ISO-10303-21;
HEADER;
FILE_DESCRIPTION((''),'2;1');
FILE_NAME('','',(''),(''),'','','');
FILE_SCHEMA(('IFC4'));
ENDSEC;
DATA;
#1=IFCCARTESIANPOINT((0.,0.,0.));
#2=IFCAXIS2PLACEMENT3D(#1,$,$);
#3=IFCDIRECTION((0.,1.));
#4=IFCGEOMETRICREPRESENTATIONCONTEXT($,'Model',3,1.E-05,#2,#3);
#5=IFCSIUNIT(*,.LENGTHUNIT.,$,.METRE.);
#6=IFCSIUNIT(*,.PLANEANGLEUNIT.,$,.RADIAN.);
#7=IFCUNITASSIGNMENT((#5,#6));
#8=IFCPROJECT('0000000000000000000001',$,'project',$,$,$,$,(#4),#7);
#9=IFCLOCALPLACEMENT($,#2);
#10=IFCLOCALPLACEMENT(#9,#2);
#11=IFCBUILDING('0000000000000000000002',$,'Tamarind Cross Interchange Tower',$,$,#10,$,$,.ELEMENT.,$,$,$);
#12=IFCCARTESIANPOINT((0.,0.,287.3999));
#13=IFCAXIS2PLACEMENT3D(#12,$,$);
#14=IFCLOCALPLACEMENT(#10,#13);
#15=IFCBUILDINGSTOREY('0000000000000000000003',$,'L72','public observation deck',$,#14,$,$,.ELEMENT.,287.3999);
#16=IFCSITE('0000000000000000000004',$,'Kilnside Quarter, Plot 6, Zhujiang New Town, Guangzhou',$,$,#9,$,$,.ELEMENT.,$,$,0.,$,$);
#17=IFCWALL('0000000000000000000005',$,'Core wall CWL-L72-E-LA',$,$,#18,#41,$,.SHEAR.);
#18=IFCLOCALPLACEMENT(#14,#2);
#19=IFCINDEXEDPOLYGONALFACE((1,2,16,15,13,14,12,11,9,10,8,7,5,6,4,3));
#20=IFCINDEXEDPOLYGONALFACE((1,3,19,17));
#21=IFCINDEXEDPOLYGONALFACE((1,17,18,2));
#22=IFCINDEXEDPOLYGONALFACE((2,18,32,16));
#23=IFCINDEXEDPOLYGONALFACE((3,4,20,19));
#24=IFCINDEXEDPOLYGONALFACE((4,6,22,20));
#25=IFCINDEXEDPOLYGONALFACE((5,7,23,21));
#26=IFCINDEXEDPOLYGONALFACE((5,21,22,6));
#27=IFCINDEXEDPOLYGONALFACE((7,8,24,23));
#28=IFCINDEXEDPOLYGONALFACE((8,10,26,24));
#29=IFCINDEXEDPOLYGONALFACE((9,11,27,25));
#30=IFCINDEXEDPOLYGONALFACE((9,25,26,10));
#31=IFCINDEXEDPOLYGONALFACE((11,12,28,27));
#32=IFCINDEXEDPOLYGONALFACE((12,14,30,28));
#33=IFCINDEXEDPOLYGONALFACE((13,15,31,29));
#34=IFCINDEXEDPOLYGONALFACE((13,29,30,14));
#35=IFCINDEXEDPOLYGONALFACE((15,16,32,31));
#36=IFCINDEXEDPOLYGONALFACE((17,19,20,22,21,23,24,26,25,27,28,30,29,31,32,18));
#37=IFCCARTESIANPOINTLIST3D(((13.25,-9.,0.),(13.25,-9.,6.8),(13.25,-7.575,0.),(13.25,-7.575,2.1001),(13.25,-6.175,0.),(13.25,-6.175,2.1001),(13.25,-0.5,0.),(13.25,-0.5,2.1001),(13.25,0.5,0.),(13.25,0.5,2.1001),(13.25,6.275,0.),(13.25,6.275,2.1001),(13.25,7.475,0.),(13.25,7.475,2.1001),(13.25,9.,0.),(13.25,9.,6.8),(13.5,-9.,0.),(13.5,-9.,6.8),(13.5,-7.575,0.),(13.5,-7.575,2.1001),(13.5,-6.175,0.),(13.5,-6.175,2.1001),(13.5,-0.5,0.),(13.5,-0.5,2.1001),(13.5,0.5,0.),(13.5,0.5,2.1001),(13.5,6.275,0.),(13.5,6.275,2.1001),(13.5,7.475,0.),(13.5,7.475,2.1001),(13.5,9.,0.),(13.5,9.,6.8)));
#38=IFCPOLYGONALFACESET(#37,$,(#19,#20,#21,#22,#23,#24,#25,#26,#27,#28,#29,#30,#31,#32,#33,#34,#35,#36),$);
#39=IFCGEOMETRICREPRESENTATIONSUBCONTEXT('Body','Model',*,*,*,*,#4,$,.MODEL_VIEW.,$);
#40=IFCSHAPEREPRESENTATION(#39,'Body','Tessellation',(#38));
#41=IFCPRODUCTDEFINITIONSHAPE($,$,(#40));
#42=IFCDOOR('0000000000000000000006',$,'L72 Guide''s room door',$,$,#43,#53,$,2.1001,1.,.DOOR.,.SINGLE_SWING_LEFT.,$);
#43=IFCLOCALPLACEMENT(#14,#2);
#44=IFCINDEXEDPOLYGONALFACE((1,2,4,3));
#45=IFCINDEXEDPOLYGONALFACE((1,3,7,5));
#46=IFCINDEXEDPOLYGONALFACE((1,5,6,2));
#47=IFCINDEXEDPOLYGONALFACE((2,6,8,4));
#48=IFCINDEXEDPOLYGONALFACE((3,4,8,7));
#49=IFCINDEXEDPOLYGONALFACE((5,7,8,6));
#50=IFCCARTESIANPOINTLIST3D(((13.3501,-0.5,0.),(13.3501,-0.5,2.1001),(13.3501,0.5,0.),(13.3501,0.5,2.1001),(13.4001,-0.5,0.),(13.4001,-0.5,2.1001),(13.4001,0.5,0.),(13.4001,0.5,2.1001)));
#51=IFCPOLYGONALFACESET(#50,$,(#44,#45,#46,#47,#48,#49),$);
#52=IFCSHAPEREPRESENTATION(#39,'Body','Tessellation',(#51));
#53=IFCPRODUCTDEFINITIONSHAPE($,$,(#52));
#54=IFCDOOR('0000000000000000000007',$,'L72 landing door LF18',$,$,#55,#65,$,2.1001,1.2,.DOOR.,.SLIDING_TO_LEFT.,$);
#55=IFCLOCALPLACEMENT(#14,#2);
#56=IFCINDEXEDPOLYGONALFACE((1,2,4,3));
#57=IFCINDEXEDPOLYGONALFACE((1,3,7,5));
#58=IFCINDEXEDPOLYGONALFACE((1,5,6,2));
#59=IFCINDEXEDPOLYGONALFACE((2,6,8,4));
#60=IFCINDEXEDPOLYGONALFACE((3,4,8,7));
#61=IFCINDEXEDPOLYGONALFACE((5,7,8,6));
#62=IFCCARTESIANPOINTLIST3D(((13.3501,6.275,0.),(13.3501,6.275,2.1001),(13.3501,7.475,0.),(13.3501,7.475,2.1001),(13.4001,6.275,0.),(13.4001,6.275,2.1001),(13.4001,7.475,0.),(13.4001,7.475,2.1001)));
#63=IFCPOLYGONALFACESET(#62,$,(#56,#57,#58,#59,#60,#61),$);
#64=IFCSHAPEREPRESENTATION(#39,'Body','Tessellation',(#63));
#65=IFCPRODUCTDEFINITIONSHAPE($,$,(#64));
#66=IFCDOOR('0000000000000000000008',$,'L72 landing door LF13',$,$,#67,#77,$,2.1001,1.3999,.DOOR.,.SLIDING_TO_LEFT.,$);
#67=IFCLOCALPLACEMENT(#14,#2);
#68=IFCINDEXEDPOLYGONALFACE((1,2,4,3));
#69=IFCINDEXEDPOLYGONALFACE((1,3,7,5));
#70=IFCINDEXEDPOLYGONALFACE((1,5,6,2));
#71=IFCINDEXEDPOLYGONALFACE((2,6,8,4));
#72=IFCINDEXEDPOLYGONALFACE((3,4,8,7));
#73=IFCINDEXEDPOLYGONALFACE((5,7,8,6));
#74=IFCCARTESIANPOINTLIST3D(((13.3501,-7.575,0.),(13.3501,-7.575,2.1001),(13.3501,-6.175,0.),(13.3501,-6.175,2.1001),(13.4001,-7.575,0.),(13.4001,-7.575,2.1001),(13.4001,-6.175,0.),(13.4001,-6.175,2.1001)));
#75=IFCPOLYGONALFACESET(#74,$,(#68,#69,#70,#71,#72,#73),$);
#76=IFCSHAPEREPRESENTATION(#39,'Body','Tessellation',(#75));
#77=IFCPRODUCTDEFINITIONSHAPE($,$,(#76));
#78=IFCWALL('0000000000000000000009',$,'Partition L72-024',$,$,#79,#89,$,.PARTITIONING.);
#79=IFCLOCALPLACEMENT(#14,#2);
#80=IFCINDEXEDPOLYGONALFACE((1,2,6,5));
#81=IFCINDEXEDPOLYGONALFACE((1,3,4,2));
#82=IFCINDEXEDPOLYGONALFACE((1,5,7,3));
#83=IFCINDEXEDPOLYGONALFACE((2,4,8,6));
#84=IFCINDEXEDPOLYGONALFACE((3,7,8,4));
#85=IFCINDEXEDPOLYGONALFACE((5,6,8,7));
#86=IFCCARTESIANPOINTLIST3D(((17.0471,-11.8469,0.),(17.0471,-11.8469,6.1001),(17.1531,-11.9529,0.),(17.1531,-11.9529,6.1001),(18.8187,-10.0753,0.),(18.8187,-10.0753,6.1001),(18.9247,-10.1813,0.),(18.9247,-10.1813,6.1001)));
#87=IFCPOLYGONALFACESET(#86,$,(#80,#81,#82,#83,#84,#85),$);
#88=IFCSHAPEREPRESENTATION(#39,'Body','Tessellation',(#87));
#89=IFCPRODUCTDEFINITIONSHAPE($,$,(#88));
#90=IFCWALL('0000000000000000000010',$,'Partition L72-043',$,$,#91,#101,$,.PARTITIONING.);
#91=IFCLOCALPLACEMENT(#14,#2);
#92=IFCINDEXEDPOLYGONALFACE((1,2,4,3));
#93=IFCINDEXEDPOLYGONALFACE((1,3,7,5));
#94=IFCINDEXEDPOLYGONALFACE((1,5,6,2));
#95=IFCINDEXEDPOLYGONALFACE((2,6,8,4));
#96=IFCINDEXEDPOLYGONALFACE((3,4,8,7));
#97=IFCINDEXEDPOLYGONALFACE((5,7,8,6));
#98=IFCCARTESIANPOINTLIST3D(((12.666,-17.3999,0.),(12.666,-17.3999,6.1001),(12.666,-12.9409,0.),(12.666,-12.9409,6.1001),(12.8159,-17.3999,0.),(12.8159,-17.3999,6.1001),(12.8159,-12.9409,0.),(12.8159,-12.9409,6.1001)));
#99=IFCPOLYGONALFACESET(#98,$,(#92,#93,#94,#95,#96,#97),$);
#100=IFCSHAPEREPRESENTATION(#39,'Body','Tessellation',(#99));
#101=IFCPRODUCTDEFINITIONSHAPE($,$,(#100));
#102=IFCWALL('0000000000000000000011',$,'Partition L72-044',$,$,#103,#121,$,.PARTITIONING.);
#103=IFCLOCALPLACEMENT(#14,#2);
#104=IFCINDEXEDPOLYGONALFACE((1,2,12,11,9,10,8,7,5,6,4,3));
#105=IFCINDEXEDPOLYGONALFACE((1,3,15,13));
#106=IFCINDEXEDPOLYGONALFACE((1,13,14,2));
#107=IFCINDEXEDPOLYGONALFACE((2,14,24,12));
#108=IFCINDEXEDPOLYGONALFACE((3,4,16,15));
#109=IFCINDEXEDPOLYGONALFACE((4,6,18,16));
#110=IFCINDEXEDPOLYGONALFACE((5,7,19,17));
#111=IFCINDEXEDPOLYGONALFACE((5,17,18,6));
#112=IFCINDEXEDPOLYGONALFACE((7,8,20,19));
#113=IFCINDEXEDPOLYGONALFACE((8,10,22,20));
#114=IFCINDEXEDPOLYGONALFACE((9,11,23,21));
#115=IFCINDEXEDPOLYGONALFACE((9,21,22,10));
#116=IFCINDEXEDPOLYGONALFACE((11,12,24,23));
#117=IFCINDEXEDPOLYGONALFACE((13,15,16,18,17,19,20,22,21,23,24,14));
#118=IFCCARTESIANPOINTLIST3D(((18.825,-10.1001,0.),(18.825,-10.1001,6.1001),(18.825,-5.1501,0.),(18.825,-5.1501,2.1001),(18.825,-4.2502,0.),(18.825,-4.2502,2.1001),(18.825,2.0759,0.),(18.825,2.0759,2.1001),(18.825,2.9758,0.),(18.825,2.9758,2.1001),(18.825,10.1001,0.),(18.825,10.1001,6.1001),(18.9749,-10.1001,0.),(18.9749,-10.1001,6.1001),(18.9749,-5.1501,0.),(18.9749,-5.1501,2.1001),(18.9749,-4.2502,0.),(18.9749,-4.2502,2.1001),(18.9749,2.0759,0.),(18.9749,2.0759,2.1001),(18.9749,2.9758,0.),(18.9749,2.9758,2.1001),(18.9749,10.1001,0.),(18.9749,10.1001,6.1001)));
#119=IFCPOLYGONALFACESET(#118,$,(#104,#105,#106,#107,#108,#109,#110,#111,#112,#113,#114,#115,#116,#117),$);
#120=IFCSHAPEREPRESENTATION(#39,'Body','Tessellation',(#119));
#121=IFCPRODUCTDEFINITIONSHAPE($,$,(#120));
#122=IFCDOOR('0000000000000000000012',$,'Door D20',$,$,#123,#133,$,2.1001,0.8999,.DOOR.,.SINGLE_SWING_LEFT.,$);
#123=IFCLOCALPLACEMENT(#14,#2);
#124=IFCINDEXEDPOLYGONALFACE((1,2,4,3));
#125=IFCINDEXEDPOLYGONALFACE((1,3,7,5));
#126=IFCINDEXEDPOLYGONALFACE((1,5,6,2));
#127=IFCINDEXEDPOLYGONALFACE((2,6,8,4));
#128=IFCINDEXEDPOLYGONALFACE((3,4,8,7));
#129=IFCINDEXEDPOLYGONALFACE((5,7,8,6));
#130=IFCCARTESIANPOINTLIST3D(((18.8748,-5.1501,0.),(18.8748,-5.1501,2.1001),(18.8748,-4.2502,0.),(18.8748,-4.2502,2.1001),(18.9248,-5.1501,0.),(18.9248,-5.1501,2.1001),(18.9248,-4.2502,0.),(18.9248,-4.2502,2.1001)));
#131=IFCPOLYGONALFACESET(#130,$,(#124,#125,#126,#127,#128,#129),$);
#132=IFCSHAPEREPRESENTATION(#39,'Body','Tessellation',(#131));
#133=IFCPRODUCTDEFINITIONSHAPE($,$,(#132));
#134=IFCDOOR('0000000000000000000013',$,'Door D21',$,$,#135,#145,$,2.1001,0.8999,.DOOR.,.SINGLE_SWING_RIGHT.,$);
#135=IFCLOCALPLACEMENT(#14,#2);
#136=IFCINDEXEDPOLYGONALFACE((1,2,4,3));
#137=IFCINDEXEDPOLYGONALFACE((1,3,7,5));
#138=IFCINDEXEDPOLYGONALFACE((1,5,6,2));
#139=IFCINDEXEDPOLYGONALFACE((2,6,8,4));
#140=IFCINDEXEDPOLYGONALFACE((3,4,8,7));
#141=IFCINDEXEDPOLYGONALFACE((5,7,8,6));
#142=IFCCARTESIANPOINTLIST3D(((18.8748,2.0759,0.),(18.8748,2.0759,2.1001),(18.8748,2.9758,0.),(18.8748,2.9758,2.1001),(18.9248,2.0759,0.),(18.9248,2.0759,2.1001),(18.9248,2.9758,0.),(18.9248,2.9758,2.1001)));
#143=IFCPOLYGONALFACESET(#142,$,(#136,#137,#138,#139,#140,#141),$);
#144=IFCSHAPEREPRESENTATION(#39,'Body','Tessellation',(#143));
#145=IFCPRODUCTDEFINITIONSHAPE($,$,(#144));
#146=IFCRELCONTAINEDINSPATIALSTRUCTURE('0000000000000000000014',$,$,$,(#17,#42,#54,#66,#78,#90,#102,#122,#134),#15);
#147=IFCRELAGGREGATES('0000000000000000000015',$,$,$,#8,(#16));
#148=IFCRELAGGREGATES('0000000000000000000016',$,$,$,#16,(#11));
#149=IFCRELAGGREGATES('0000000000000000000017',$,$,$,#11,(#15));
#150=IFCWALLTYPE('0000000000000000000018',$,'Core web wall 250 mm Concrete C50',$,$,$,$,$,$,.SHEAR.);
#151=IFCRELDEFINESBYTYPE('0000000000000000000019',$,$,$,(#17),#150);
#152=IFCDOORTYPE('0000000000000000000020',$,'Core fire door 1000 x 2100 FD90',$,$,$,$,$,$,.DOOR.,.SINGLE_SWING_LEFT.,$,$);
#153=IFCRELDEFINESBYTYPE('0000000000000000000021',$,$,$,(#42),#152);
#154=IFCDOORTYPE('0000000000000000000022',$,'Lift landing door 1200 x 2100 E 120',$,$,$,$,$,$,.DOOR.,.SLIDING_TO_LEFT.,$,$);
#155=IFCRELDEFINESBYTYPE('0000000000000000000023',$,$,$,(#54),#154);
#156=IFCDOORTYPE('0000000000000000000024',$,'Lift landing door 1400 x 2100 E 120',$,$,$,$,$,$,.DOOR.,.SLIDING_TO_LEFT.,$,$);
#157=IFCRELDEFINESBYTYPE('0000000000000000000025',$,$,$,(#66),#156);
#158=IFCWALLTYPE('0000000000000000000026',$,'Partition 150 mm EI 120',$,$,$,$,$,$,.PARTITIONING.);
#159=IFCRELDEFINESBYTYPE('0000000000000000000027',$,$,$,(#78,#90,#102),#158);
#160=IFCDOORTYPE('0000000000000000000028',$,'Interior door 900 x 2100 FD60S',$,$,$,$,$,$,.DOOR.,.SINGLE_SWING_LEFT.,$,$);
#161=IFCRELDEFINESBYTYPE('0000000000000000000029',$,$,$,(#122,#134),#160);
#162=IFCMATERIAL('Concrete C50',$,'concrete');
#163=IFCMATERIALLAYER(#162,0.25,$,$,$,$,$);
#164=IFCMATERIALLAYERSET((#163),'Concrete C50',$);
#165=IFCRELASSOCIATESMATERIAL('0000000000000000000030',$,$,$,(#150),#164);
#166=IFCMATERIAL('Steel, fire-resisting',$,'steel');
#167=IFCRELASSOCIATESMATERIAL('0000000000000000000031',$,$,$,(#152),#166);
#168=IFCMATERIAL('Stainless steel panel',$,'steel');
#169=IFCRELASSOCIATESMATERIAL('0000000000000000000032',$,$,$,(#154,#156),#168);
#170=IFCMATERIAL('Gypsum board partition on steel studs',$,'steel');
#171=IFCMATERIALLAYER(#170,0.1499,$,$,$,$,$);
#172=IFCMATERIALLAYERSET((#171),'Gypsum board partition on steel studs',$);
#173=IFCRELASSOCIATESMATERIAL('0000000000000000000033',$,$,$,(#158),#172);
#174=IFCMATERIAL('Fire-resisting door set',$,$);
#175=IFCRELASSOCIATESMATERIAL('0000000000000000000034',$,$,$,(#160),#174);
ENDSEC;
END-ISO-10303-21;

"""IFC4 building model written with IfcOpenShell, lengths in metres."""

from ifc_helpers import new_model, si_unit, direction, frame, frame_2d, origin, place, context, subcontext, project, spatial, rectangle, extrude, material, layer, layer_set, type_object, element, fill, save


model = new_model("IFC4")

# Units and contexts
model_context = context("Model", 3, precision=1e-05, world=origin(), true_north=direction((0.0, 1.0)))
body_context = subcontext(model_context, "Body", "Model", "MODEL_VIEW")
ifc_project = project(units=[si_unit("LENGTHUNIT", "METRE"), si_unit("PLANEANGLEUNIT", "RADIAN")], contexts=[model_context])

# Site, building, storey
site_placement = place(None, origin())
site = spatial("IfcSite", under=ifc_project, at=site_placement, Name="Kilnside Quarter, Plot 6, Zhujiang New Town, Guangzhou", CompositionType="ELEMENT", RefElevation=0.0)
building_placement = place(site_placement, origin())
building = spatial("IfcBuilding", under=site, at=building_placement, Name="Tamarind Cross Interchange Tower", CompositionType="ELEMENT")
storey_placement = place(building_placement, frame((0.0, 0.0, 287.3999)))
storey = spatial("IfcBuildingStorey", under=building, at=storey_placement, Name="L72", Description="public observation deck", CompositionType="ELEMENT", Elevation=287.3999)

# Wall, openings, doors
ifc_material_1 = material(Name="Concrete C50", Category="concrete")
ifc_material_2 = material(Name="Steel, fire-resisting", Category="steel")
ifc_layer_1 = layer(ifc_material_1, 0.25)
ifc_layer_set_1 = layer_set([ifc_layer_1], Name="Concrete C50")
wall_type_1 = type_object("IfcWallType", Name="Core web wall 250 mm Concrete C50", PredefinedType="SHEAR", material=ifc_layer_set_1)
wall_1_placement = place(storey_placement, frame((13.375, -9.0, 0.0), z_axis=(0.0, 0.0, 1.0), x_axis=(0.0, 1.0, 0.0)))
wall_1 = element("IfcWall", 1, at=wall_1_placement, inside=storey, type_object=wall_type_1, Name="Core wall CWL-L72-E-LA", PredefinedType="SHEAR", context=body_context, shape_type="SweptSolid", body=[
    extrude(rectangle(XDim=18.0, YDim=0.25, at=frame_2d((9.0, 0.0))), origin(), (0.0, 0.0, 1.0), 6.8),
])
opening_1_placement = place(wall_1_placement, frame((1.425, 0.0, 0.0)))
opening_1 = element("IfcOpeningElement", 2, at=opening_1_placement, cuts=wall_1, PredefinedType="OPENING", context=body_context, shape_type="SweptSolid", body=[
    extrude(rectangle(XDim=1.3999, YDim=2.1001, at=frame_2d((0.7, 1.05))), frame((0.0, 0.135, 0.0), z_axis=(0.0, -1.0, 0.0), x_axis=(1.0, 0.0, 0.0)), (0.0, 0.0, 1.0), 0.27),
])
opening_2_placement = place(wall_1_placement, frame((15.2749, 0.0, 0.0)))
opening_2 = element("IfcOpeningElement", 3, at=opening_2_placement, cuts=wall_1, PredefinedType="OPENING", context=body_context, shape_type="SweptSolid", body=[
    extrude(rectangle(XDim=1.2, YDim=2.1001, at=frame_2d((0.6001, 1.05))), frame((0.0, 0.135, 0.0), z_axis=(0.0, -1.0, 0.0), x_axis=(1.0, 0.0, 0.0)), (0.0, 0.0, 1.0), 0.27),
])
opening_3_placement = place(wall_1_placement, frame((8.5, 0.0, 0.0)))
opening_3 = element("IfcOpeningElement", 4, at=opening_3_placement, cuts=wall_1, PredefinedType="OPENING", context=body_context, shape_type="SweptSolid", body=[
    extrude(rectangle(XDim=1.0, YDim=2.1001, at=frame_2d((0.5, 1.05))), frame((0.0, 0.135, 0.0), z_axis=(0.0, -1.0, 0.0), x_axis=(1.0, 0.0, 0.0)), (0.0, 0.0, 1.0), 0.27),
])
door_type_1 = type_object("IfcDoorType", Name="Core fire door 1000 x 2100 FD90", OperationType="SINGLE_SWING_LEFT", PredefinedType="DOOR", material=ifc_material_2)
door_1_placement = place(opening_3_placement, origin())
door_1 = element("IfcDoor", 5, at=door_1_placement, inside=storey, type_object=door_type_1, Name="L72 Guide's room door", OperationType="SINGLE_SWING_LEFT", OverallHeight=2.1001, OverallWidth=1.0, PredefinedType="DOOR", context=body_context, shape_type="SweptSolid", body=[
    extrude(rectangle(XDim=1.0, YDim=2.1001, at=frame_2d((0.5, 1.05))), frame((0.0, 0.0249, 0.0), z_axis=(0.0, -1.0, 0.0), x_axis=(1.0, 0.0, 0.0)), (0.0, 0.0, 1.0), 0.05),
])
fill(opening_3, door_1)
ifc_material_3 = material(Name="Stainless steel panel", Category="steel")
door_type_2 = type_object("IfcDoorType", Name="Lift landing door 1200 x 2100 E 120", OperationType="SLIDING_TO_LEFT", PredefinedType="DOOR", material=ifc_material_3)
door_2_placement = place(opening_2_placement, origin())
door_2 = element("IfcDoor", 6, at=door_2_placement, inside=storey, type_object=door_type_2, Name="L72 landing door LF18", OperationType="SLIDING_TO_LEFT", OverallHeight=2.1001, OverallWidth=1.2, PredefinedType="DOOR", context=body_context, shape_type="SweptSolid", body=[
    extrude(rectangle(XDim=1.2, YDim=2.1001, at=frame_2d((0.6001, 1.05))), frame((0.0, 0.0249, 0.0), z_axis=(0.0, -1.0, 0.0), x_axis=(1.0, 0.0, 0.0)), (0.0, 0.0, 1.0), 0.05),
])
fill(opening_2, door_2)
door_type_3 = type_object("IfcDoorType", Name="Lift landing door 1400 x 2100 E 120", OperationType="SLIDING_TO_LEFT", PredefinedType="DOOR", material=ifc_material_3)
door_3_placement = place(opening_1_placement, origin())
door_3 = element("IfcDoor", 7, at=door_3_placement, inside=storey, type_object=door_type_3, Name="L72 landing door LF13", OperationType="SLIDING_TO_LEFT", OverallHeight=2.1001, OverallWidth=1.3999, PredefinedType="DOOR", context=body_context, shape_type="SweptSolid", body=[
    extrude(rectangle(XDim=1.3999, YDim=2.1001, at=frame_2d((0.7, 1.05))), frame((0.0, 0.0249, 0.0), z_axis=(0.0, -1.0, 0.0), x_axis=(1.0, 0.0, 0.0)), (0.0, 0.0, 1.0), 0.05),
])
fill(opening_1, door_3)

# Walls
ifc_material_4 = material(Name="Gypsum board partition on steel studs", Category="steel")
ifc_layer_2 = layer(ifc_material_4, 0.1499)
ifc_layer_set_2 = layer_set([ifc_layer_2], Name="Gypsum board partition on steel studs")
wall_type_2 = type_object("IfcWallType", Name="Partition 150 mm EI 120", PredefinedType="PARTITIONING", material=ifc_layer_set_2)
wall_2_placement = place(storey_placement, frame((17.1001, -11.8999, 0.0), z_axis=(0.0, 0.0, 1.0), x_axis=(0.707107, 0.707107, 0.0)))
element("IfcWall", 8, at=wall_2_placement, inside=storey, type_object=wall_type_2, Name="Partition L72-024", PredefinedType="PARTITIONING", context=body_context, shape_type="SweptSolid", body=[
    extrude(rectangle(XDim=2.5054, YDim=0.1499, at=frame_2d((1.2527, 0.0))), origin(), (0.0, 0.0, 1.0), 6.1001),
])
wall_3_placement = place(storey_placement, frame((12.741, -17.3999, 0.0), z_axis=(0.0, 0.0, 1.0), x_axis=(0.0, 1.0, 0.0)))
element("IfcWall", 9, at=wall_3_placement, inside=storey, type_object=wall_type_2, Name="Partition L72-043", PredefinedType="PARTITIONING", context=body_context, shape_type="SweptSolid", body=[
    extrude(rectangle(XDim=4.459, YDim=0.1499, at=frame_2d((2.2295, 0.0))), origin(), (0.0, 0.0, 1.0), 6.1001),
])

# Wall, openings, doors
wall_4_placement = place(storey_placement, frame((18.8999, -10.1001, 0.0), z_axis=(0.0, 0.0, 1.0), x_axis=(0.0, 1.0, 0.0)))
wall_4 = element("IfcWall", 10, at=wall_4_placement, inside=storey, type_object=wall_type_2, Name="Partition L72-044", PredefinedType="PARTITIONING", context=body_context, shape_type="SweptSolid", body=[
    extrude(rectangle(XDim=20.2002, YDim=0.1499, at=frame_2d((10.1001, 0.0))), origin(), (0.0, 0.0, 1.0), 6.1001),
])
opening_4_placement = place(wall_4_placement, frame((4.95, 0.0, 0.0)))
opening_4 = element("IfcOpeningElement", 11, at=opening_4_placement, cuts=wall_4, PredefinedType="OPENING", context=body_context, shape_type="SweptSolid", body=[
    extrude(rectangle(XDim=0.8999, YDim=2.1001, at=frame_2d((0.45, 1.05))), frame((0.0, 0.085, 0.0), z_axis=(0.0, -1.0, 0.0), x_axis=(1.0, 0.0, 0.0)), (0.0, 0.0, 1.0), 0.1699),
])
opening_5_placement = place(wall_4_placement, frame((12.176, 0.0, 0.0)))
opening_5 = element("IfcOpeningElement", 12, at=opening_5_placement, cuts=wall_4, PredefinedType="OPENING", context=body_context, shape_type="SweptSolid", body=[
    extrude(rectangle(XDim=0.8999, YDim=2.1001, at=frame_2d((0.45, 1.05))), frame((0.0, 0.085, 0.0), z_axis=(0.0, -1.0, 0.0), x_axis=(1.0, 0.0, 0.0)), (0.0, 0.0, 1.0), 0.1699),
])
ifc_material_5 = material(Name="Fire-resisting door set")
door_type_4 = type_object("IfcDoorType", Name="Interior door 900 x 2100 FD60S", OperationType="SINGLE_SWING_LEFT", PredefinedType="DOOR", material=ifc_material_5)
door_4_placement = place(opening_4_placement, frame((0.8999, 0.0, 0.0), z_axis=(0.0, 0.0, 1.0), x_axis=(-1.0, 0.0, 0.0)))
door_4 = element("IfcDoor", 13, at=door_4_placement, inside=storey, type_object=door_type_4, Name="Door D20", OperationType="SINGLE_SWING_LEFT", OverallHeight=2.1001, OverallWidth=0.8999, PredefinedType="DOOR", context=body_context, shape_type="SweptSolid", body=[
    extrude(rectangle(XDim=0.8999, YDim=2.1001, at=frame_2d((0.45, 1.05))), frame((0.0, 0.0249, 0.0), z_axis=(0.0, -1.0, 0.0), x_axis=(1.0, 0.0, 0.0)), (0.0, 0.0, 1.0), 0.05),
])
fill(opening_4, door_4)
door_5_placement = place(opening_5_placement, frame((0.8999, 0.0, 0.0), z_axis=(0.0, 0.0, 1.0), x_axis=(-1.0, 0.0, 0.0)))
door_5 = element("IfcDoor", 14, at=door_5_placement, inside=storey, type_object=door_type_4, Name="Door D21", OperationType="SINGLE_SWING_RIGHT", OverallHeight=2.1001, OverallWidth=0.8999, PredefinedType="DOOR", context=body_context, shape_type="SweptSolid", body=[
    extrude(rectangle(XDim=0.8999, YDim=2.1001, at=frame_2d((0.45, 1.05))), frame((0.0, 0.0249, 0.0), z_axis=(0.0, -1.0, 0.0), x_axis=(1.0, 0.0, 0.0)), (0.0, 0.0, 1.0), 0.05),
])
fill(opening_5, door_5)

save(model, "model.ifc")
